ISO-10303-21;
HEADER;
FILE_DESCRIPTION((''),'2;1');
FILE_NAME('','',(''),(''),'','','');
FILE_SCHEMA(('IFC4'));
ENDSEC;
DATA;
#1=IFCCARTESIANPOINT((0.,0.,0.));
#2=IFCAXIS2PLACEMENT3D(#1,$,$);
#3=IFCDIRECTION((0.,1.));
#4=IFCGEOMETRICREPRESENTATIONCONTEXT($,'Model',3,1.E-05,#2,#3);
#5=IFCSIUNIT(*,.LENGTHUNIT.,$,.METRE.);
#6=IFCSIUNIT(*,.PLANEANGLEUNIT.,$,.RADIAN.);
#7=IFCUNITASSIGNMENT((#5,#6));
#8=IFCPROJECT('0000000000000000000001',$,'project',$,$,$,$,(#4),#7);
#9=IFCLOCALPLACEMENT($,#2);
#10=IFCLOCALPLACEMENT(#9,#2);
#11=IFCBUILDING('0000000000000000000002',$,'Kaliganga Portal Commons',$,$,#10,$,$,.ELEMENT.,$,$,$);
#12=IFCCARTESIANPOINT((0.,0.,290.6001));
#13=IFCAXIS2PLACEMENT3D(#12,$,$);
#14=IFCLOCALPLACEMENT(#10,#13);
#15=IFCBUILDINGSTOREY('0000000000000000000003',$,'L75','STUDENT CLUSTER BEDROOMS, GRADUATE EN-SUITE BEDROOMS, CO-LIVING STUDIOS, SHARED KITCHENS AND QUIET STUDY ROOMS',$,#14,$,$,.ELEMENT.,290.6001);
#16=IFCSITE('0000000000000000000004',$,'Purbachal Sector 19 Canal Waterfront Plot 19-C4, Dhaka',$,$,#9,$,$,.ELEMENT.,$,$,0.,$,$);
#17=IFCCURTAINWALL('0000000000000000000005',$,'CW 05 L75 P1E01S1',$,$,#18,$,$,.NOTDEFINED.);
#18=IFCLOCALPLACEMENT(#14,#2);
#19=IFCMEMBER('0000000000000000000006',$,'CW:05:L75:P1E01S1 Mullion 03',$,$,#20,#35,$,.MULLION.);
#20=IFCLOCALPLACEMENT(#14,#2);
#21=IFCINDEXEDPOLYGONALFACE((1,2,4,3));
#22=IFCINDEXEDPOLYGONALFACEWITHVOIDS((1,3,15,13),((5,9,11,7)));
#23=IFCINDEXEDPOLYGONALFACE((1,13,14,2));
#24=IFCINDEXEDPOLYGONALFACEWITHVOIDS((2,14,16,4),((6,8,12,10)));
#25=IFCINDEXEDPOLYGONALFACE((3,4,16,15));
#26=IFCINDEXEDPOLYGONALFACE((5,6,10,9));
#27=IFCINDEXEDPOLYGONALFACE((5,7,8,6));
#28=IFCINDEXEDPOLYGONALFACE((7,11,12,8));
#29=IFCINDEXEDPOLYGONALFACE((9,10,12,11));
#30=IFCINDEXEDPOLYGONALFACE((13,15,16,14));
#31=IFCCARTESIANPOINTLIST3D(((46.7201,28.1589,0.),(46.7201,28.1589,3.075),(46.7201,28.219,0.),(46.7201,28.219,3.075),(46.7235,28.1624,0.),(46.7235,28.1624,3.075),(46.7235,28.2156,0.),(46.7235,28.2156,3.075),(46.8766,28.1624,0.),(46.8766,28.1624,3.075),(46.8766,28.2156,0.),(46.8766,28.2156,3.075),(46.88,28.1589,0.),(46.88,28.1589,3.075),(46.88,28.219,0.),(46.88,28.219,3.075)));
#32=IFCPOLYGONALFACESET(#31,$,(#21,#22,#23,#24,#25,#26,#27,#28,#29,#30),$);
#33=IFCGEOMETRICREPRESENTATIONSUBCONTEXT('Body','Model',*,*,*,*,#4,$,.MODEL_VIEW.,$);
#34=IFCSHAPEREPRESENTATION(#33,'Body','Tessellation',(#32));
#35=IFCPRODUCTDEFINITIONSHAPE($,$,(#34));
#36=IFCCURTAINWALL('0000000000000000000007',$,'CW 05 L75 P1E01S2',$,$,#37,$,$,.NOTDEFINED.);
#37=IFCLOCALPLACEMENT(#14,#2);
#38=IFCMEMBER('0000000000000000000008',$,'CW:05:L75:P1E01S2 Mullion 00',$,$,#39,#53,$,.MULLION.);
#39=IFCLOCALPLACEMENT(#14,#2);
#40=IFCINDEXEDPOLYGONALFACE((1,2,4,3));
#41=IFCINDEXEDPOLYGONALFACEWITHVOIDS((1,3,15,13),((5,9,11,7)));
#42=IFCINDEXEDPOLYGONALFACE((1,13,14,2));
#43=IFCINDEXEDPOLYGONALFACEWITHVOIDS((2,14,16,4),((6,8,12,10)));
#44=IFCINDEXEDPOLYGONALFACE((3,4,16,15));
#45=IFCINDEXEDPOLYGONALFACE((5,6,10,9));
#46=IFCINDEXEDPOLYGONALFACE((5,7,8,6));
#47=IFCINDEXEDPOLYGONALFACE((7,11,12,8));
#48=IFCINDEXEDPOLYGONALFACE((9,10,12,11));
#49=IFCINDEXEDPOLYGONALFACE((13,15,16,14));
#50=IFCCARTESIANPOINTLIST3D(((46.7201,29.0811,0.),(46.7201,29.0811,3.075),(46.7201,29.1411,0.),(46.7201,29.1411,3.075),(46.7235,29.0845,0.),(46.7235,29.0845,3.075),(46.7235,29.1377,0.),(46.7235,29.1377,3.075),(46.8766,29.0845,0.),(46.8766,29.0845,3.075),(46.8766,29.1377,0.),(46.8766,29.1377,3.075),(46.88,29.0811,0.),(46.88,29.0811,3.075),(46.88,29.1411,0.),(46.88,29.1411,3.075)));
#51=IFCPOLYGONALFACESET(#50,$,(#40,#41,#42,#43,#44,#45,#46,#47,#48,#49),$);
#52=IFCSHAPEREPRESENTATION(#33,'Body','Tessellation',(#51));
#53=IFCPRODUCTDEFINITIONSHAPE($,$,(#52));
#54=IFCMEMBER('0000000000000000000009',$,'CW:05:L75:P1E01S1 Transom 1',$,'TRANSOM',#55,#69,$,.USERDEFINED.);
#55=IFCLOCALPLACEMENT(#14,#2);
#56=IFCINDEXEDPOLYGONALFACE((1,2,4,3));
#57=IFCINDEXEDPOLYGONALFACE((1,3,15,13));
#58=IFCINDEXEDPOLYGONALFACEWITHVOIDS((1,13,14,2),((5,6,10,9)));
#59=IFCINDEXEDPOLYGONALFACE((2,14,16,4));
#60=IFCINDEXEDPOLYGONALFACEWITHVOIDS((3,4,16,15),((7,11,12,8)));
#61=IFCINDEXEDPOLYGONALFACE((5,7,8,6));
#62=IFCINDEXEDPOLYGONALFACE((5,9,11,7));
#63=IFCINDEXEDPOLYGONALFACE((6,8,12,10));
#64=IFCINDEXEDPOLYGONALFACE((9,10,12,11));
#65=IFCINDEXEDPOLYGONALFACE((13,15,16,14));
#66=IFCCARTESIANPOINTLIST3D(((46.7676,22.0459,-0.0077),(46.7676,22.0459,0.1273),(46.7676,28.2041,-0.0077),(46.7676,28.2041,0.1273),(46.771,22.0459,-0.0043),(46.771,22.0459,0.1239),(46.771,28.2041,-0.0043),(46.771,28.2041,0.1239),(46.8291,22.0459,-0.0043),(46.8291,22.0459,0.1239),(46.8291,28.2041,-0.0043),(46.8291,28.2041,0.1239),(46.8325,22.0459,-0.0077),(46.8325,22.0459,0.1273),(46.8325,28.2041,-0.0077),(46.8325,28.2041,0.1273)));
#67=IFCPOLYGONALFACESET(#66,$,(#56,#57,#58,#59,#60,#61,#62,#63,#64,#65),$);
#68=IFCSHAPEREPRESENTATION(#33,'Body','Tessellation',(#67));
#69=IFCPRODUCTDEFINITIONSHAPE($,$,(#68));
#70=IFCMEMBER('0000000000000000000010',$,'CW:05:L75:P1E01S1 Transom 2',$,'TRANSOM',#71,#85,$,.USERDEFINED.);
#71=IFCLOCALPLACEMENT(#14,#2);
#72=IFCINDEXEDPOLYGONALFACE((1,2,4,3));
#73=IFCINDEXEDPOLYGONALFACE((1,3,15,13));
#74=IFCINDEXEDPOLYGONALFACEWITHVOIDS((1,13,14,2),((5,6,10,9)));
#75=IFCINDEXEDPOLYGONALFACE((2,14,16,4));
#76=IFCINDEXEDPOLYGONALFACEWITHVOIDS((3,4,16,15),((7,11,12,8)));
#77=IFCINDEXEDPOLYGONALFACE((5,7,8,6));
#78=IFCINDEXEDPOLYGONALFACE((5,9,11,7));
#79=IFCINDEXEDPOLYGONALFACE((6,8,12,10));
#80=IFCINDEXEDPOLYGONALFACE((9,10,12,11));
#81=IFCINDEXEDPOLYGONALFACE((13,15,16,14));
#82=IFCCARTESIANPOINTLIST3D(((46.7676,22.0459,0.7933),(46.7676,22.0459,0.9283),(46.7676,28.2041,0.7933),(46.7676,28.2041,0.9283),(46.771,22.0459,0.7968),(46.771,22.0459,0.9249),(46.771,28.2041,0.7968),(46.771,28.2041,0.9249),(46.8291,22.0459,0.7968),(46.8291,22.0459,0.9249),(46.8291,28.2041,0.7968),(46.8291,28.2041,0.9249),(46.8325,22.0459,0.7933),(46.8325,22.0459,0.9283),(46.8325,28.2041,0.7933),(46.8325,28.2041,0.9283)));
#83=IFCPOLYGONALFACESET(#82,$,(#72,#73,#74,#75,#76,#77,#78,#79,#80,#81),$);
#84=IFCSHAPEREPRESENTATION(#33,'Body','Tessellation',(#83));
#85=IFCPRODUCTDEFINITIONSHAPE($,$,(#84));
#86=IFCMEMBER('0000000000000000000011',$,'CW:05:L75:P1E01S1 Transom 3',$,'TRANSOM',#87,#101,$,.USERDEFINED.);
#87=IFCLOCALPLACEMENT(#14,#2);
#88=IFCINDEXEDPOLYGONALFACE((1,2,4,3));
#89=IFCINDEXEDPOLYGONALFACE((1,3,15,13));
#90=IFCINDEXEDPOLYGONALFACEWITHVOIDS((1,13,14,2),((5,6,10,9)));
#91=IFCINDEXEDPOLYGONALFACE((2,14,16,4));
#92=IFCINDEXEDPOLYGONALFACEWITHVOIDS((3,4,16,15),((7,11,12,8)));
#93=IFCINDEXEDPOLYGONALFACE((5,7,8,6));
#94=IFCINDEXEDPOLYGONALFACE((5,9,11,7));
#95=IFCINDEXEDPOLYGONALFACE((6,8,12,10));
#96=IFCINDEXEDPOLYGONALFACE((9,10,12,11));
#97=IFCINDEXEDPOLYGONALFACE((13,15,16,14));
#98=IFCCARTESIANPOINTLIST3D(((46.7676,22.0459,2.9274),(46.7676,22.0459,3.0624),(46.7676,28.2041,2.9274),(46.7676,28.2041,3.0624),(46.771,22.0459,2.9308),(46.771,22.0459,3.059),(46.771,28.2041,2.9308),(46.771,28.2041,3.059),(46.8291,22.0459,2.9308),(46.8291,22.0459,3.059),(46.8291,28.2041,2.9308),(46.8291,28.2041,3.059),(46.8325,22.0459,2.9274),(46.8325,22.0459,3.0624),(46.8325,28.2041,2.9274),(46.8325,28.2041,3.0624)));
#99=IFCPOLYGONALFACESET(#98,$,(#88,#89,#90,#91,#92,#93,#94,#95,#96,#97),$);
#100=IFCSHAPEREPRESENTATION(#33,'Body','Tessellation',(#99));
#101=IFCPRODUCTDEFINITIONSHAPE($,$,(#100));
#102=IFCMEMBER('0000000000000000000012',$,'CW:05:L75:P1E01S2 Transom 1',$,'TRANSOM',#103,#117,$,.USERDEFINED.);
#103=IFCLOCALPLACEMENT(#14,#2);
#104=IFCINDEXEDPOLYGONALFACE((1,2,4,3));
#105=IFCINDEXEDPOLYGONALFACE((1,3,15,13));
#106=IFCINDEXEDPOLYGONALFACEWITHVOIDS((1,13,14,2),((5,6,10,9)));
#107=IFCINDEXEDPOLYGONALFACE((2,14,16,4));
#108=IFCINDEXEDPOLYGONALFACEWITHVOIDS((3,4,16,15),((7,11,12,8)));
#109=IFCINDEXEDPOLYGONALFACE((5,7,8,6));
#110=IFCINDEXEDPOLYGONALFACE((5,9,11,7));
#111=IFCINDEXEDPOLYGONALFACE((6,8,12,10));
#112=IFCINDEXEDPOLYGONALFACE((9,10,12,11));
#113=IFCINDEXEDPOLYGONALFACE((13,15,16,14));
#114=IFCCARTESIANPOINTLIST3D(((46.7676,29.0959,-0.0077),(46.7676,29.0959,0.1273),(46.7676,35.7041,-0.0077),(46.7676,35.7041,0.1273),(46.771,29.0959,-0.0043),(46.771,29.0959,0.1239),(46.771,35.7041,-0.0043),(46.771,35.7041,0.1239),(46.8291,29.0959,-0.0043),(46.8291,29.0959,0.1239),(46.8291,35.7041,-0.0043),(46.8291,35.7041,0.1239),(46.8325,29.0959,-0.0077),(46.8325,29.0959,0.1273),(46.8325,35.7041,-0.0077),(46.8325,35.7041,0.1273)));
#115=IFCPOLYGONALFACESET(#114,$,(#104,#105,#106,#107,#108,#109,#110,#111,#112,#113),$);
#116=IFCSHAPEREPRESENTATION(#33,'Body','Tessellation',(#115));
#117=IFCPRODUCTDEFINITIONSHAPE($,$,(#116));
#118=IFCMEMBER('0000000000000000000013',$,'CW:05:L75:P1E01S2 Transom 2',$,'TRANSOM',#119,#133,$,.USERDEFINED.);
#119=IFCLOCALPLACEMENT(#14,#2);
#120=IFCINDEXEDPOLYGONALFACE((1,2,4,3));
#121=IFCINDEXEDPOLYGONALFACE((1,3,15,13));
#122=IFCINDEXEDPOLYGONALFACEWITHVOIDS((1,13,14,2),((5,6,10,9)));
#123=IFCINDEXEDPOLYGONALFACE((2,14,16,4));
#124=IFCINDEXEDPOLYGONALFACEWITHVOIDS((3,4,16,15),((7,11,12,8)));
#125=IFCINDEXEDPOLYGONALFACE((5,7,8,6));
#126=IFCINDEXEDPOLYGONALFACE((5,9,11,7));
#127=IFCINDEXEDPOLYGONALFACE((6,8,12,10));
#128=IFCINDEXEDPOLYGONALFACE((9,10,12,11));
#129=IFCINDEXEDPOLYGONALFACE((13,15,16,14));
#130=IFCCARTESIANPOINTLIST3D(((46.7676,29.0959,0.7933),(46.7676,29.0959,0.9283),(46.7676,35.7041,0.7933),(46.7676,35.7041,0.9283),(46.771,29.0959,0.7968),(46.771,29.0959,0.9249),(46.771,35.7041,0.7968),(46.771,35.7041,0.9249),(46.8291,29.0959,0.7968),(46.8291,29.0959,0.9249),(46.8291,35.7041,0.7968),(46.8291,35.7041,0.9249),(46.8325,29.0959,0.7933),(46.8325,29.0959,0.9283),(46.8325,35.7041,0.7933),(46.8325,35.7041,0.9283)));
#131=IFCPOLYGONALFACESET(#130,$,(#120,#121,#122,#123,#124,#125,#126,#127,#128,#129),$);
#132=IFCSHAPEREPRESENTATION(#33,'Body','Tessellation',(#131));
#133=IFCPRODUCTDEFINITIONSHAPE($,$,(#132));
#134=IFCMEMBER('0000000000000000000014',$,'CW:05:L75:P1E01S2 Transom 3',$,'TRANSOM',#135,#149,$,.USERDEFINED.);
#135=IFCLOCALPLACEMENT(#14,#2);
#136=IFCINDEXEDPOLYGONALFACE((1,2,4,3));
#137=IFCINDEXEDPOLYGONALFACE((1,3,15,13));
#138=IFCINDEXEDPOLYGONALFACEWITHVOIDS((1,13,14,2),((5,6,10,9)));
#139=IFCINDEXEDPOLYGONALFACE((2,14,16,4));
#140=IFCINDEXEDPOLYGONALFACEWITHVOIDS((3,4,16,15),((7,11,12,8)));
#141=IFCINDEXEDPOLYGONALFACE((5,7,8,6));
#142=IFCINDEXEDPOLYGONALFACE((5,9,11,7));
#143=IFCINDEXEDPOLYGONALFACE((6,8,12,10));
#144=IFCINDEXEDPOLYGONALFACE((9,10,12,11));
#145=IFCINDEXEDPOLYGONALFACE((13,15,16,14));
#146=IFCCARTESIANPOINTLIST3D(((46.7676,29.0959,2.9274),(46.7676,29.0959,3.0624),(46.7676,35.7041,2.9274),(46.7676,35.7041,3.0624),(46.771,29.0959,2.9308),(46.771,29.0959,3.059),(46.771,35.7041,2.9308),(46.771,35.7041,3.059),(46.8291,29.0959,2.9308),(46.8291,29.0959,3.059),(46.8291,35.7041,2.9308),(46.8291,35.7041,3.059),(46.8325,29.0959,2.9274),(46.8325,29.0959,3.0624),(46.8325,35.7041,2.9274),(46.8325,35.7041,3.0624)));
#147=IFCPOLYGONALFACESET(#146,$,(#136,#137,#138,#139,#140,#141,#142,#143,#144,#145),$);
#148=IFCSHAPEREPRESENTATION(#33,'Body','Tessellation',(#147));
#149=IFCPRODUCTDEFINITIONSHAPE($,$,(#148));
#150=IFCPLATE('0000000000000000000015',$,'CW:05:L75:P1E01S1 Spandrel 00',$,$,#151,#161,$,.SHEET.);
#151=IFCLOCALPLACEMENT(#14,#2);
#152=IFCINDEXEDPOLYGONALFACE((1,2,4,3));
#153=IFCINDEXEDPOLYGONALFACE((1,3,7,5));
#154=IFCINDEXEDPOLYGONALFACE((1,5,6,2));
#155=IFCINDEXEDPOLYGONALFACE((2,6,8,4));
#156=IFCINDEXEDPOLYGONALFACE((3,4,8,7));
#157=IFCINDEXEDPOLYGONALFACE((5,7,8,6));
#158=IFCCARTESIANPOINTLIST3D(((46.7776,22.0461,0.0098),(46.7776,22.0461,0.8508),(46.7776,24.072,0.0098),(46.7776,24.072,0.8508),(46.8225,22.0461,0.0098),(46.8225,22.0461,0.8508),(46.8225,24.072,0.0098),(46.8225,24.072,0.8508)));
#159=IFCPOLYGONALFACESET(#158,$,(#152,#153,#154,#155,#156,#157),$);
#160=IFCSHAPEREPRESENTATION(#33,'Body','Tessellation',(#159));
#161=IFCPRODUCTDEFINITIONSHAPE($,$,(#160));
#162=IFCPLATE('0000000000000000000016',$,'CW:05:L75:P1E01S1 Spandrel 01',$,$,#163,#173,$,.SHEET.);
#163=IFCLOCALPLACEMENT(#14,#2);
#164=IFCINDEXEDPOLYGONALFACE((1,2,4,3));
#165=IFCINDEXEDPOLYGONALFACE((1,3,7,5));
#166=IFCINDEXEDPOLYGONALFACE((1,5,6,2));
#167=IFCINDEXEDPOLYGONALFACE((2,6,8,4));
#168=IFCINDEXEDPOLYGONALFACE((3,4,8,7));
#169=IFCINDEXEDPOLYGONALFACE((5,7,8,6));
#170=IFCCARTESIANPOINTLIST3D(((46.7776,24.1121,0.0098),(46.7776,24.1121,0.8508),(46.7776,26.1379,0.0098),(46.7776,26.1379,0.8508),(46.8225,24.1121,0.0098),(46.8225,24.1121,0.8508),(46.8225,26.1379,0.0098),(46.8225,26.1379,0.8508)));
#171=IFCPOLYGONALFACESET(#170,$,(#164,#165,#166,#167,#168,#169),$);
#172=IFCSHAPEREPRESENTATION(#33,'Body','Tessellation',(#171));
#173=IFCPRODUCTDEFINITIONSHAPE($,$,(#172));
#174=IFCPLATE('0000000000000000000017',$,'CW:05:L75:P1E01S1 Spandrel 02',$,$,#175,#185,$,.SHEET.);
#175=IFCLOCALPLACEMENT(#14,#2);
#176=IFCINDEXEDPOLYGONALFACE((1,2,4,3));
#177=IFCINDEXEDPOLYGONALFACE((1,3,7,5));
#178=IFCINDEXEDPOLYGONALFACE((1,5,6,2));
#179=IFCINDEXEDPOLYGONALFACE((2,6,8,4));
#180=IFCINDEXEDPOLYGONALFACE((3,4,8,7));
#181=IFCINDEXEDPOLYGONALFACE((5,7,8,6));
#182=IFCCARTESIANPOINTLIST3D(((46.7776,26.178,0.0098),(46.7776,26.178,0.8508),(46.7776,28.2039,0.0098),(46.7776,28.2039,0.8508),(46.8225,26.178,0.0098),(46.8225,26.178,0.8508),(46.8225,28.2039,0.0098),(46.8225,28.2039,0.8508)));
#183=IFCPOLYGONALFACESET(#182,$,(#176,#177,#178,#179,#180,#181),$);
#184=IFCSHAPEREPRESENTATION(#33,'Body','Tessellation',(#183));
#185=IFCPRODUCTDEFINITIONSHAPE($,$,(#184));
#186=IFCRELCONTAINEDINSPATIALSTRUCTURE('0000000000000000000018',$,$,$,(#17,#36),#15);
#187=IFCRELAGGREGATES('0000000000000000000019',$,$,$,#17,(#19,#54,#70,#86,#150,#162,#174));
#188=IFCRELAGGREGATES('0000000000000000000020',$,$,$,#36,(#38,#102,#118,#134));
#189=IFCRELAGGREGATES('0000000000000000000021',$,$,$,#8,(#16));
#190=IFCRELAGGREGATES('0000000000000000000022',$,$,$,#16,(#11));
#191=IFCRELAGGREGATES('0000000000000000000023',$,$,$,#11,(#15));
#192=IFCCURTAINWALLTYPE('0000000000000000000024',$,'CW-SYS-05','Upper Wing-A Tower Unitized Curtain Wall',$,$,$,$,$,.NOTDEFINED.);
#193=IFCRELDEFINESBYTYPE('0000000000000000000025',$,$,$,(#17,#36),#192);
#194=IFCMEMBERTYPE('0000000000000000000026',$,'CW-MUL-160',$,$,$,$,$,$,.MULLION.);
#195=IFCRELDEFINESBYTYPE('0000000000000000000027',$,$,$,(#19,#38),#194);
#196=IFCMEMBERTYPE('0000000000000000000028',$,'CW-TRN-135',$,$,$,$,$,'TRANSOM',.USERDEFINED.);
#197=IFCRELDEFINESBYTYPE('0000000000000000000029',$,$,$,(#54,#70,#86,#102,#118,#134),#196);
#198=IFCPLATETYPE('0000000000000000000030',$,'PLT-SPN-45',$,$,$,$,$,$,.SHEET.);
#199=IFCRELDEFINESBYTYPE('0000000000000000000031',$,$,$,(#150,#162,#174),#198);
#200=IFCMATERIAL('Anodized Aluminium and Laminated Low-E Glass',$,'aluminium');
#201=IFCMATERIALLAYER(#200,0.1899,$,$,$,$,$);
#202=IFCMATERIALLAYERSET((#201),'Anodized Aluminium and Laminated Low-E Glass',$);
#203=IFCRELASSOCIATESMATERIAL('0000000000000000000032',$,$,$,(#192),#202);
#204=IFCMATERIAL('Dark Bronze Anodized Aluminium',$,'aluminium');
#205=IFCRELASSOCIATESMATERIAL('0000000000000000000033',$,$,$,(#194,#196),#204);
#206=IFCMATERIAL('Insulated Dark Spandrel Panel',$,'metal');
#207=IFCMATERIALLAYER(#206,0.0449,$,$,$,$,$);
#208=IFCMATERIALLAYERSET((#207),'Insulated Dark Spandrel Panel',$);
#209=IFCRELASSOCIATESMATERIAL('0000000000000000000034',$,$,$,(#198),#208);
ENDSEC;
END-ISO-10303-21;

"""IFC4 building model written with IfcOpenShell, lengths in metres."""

from ifc_helpers import new_model, si_unit, direction, frame, origin, origin_2d, place, context, subcontext, project, spatial, rectangle, hollow_rectangle, extrude, source, transform, mapped, material, layer, layer_set, material_profile, profile_set, type_object, element, aggregate, save


model = new_model("IFC4")

# Units and contexts
model_context = context("Model", 3, precision=1e-05, world=origin(), true_north=direction((0.0, 1.0)))
body_context = subcontext(model_context, "Body", "Model", "MODEL_VIEW")
ifc_project = project(units=[si_unit("LENGTHUNIT", "METRE"), si_unit("PLANEANGLEUNIT", "RADIAN")], contexts=[model_context])

# Site, building, storey
site_placement = place(None, origin())
site = spatial("IfcSite", under=ifc_project, at=site_placement, Name="Purbachal Sector 19 Canal Waterfront Plot 19-C4, Dhaka", CompositionType="ELEMENT", RefElevation=0.0)
building_placement = place(site_placement, origin())
building = spatial("IfcBuilding", under=site, at=building_placement, Name="Kaliganga Portal Commons", CompositionType="ELEMENT")
storey_placement = place(building_placement, frame((0.0, 0.0, 290.6001)))
storey = spatial("IfcBuildingStorey", under=building, at=storey_placement, Name="L75", Description="STUDENT CLUSTER BEDROOMS, GRADUATE EN-SUITE BEDROOMS, CO-LIVING STUDIOS, SHARED KITCHENS AND QUIET STUDY ROOMS", CompositionType="ELEMENT", Elevation=290.6001)

# Curtain wall, member
ifc_material_1 = material(Name="Anodized Aluminium and Laminated Low-E Glass", Category="aluminium")
ifc_layer_1 = layer(ifc_material_1, 0.1899)
ifc_layer_set_1 = layer_set([ifc_layer_1], Name="Anodized Aluminium and Laminated Low-E Glass")
curtain_wall_type = type_object("IfcCurtainWallType", Name="CW-SYS-05", Description="Upper Wing-A Tower Unitized Curtain Wall", PredefinedType="NOTDEFINED", material=ifc_layer_set_1)
curtain_wall_1_placement = place(storey_placement, origin())
curtain_wall_1 = element("IfcCurtainWall", 1, at=curtain_wall_1_placement, inside=storey, type_object=curtain_wall_type, Name="CW 05 L75 P1E01S1", PredefinedType="NOTDEFINED")
ifc_material_2 = material(Name="Dark Bronze Anodized Aluminium", Category="aluminium")
ifc_material_profile_1 = material_profile(ifc_material_2, hollow_rectangle(XDim=0.0601, YDim=0.1599, WallThickness=0.0034, at=origin_2d()), Name="ALU MULL 60x160x3.5")
ifc_profile_set_1 = profile_set([ifc_material_profile_1], Name="Dark Bronze Anodized Aluminium")
member_type_1 = type_object("IfcMemberType", Name="CW-MUL-160", PredefinedType="MULLION", material=ifc_profile_set_1)
shared_shape_1 = source(origin(), body_context, "Body", "SweptSolid", [
    extrude(hollow_rectangle(XDim=0.0601, YDim=0.1599, WallThickness=0.0034, at=origin_2d()), origin(), (0.0, 0.0, 1.0), 3.075),
])
member_1_placement = place(storey_placement, frame((46.8, 28.189, 0.0), z_axis=(0.0, 0.0, 1.0), x_axis=(0.0, 1.0, 0.0)))
member_1 = element("IfcMember", 2, at=member_1_placement, type_object=member_type_1, Name="CW:05:L75:P1E01S1 Mullion 03", PredefinedType="MULLION", context=body_context, shape_type="MappedRepresentation", body=[
    mapped(shared_shape_1, transform((0.0, 0.0, 0.0), x_axis=(1.0, 0.0, 0.0), y_axis=(0.0, 1.0, 0.0), z_axis=(0.0, 0.0, 1.0), scale=1.0)),
])

# Curtain wall, member
curtain_wall_2_placement = place(storey_placement, origin())
curtain_wall_2 = element("IfcCurtainWall", 3, at=curtain_wall_2_placement, inside=storey, type_object=curtain_wall_type, Name="CW 05 L75 P1E01S2", PredefinedType="NOTDEFINED")
member_2_placement = place(storey_placement, frame((46.8, 29.1111, 0.0), z_axis=(0.0, 0.0, 1.0), x_axis=(0.0, 1.0, 0.0)))
member_2 = element("IfcMember", 4, at=member_2_placement, type_object=member_type_1, Name="CW:05:L75:P1E01S2 Mullion 00", PredefinedType="MULLION", context=body_context, shape_type="MappedRepresentation", body=[
    mapped(shared_shape_1, transform((0.0, 0.0, 0.0), x_axis=(1.0, 0.0, 0.0), y_axis=(0.0, 1.0, 0.0), z_axis=(0.0, 0.0, 1.0), scale=1.0)),
])

# Members
ifc_material_profile_2 = material_profile(ifc_material_2, hollow_rectangle(XDim=0.0649, YDim=0.135, WallThickness=0.0034, at=origin_2d()), Name="ALU TRAN 65x135x3.5")
ifc_profile_set_2 = profile_set([ifc_material_profile_2], Name="Dark Bronze Anodized Aluminium")
member_type_2 = type_object("IfcMemberType", Name="CW-TRN-135", ElementType="TRANSOM", PredefinedType="USERDEFINED", material=ifc_profile_set_2)
shared_shape_2 = source(origin(), body_context, "Body", "SweptSolid", [
    extrude(hollow_rectangle(XDim=0.0649, YDim=0.135, WallThickness=0.0034, at=origin_2d()), origin(), (0.0, 0.0, 1.0), 6.1582),
])
member_3_placement = place(storey_placement, frame((46.8, 22.0459, 0.0598), z_axis=(0.0, 1.0, 0.0), x_axis=(-1.0, 0.0, 0.0)))
member_3 = element("IfcMember", 5, at=member_3_placement, type_object=member_type_2, Name="CW:05:L75:P1E01S1 Transom 1", ObjectType="TRANSOM", PredefinedType="USERDEFINED", context=body_context, shape_type="MappedRepresentation", body=[
    mapped(shared_shape_2, transform((0.0, 0.0, 0.0), x_axis=(1.0, 0.0, 0.0), y_axis=(0.0, 1.0, 0.0), z_axis=(0.0, 0.0, 1.0), scale=1.0)),
])
member_4_placement = place(storey_placement, frame((46.8, 22.0459, 0.8608), z_axis=(0.0, 1.0, 0.0), x_axis=(-1.0, 0.0, 0.0)))
member_4 = element("IfcMember", 6, at=member_4_placement, type_object=member_type_2, Name="CW:05:L75:P1E01S1 Transom 2", ObjectType="TRANSOM", PredefinedType="USERDEFINED", context=body_context, shape_type="MappedRepresentation", body=[
    mapped(shared_shape_2, transform((0.0, 0.0, 0.0), x_axis=(1.0, 0.0, 0.0), y_axis=(0.0, 1.0, 0.0), z_axis=(0.0, 0.0, 1.0), scale=1.0)),
])
member_5_placement = place(storey_placement, frame((46.8, 22.0459, 2.9949), z_axis=(0.0, 1.0, 0.0), x_axis=(-1.0, 0.0, 0.0)))
member_5 = element("IfcMember", 7, at=member_5_placement, type_object=member_type_2, Name="CW:05:L75:P1E01S1 Transom 3", ObjectType="TRANSOM", PredefinedType="USERDEFINED", context=body_context, shape_type="MappedRepresentation", body=[
    mapped(shared_shape_2, transform((0.0, 0.0, 0.0), x_axis=(1.0, 0.0, 0.0), y_axis=(0.0, 1.0, 0.0), z_axis=(0.0, 0.0, 1.0), scale=1.0)),
])
shared_shape_3 = source(origin(), body_context, "Body", "SweptSolid", [
    extrude(hollow_rectangle(XDim=0.0649, YDim=0.135, WallThickness=0.0034, at=origin_2d()), origin(), (0.0, 0.0, 1.0), 6.6082),
])
member_6_placement = place(storey_placement, frame((46.8, 29.0959, 0.0598), z_axis=(0.0, 1.0, 0.0), x_axis=(-1.0, 0.0, 0.0)))
member_6 = element("IfcMember", 8, at=member_6_placement, type_object=member_type_2, Name="CW:05:L75:P1E01S2 Transom 1", ObjectType="TRANSOM", PredefinedType="USERDEFINED", context=body_context, shape_type="MappedRepresentation", body=[
    mapped(shared_shape_3, transform((0.0, 0.0, 0.0), x_axis=(1.0, 0.0, 0.0), y_axis=(0.0, 1.0, 0.0), z_axis=(0.0, 0.0, 1.0), scale=1.0)),
])
member_7_placement = place(storey_placement, frame((46.8, 29.0959, 0.8608), z_axis=(0.0, 1.0, 0.0), x_axis=(-1.0, 0.0, 0.0)))
member_7 = element("IfcMember", 9, at=member_7_placement, type_object=member_type_2, Name="CW:05:L75:P1E01S2 Transom 2", ObjectType="TRANSOM", PredefinedType="USERDEFINED", context=body_context, shape_type="MappedRepresentation", body=[
    mapped(shared_shape_3, transform((0.0, 0.0, 0.0), x_axis=(1.0, 0.0, 0.0), y_axis=(0.0, 1.0, 0.0), z_axis=(0.0, 0.0, 1.0), scale=1.0)),
])
member_8_placement = place(storey_placement, frame((46.8, 29.0959, 2.9949), z_axis=(0.0, 1.0, 0.0), x_axis=(-1.0, 0.0, 0.0)))
member_8 = element("IfcMember", 10, at=member_8_placement, type_object=member_type_2, Name="CW:05:L75:P1E01S2 Transom 3", ObjectType="TRANSOM", PredefinedType="USERDEFINED", context=body_context, shape_type="MappedRepresentation", body=[
    mapped(shared_shape_3, transform((0.0, 0.0, 0.0), x_axis=(1.0, 0.0, 0.0), y_axis=(0.0, 1.0, 0.0), z_axis=(0.0, 0.0, 1.0), scale=1.0)),
])

# Plates
ifc_material_3 = material(Name="Insulated Dark Spandrel Panel", Category="metal")
ifc_layer_2 = layer(ifc_material_3, 0.0449)
ifc_layer_set_2 = layer_set([ifc_layer_2], Name="Insulated Dark Spandrel Panel")
plate_type_1 = type_object("IfcPlateType", Name="PLT-SPN-45", PredefinedType="SHEET", material=ifc_layer_set_2)
shared_shape_4 = source(origin(), body_context, "Body", "SweptSolid", [
    extrude(rectangle(XDim=2.0259, YDim=0.0449, at=origin_2d()), origin(), (0.0, 0.0, 1.0), 0.8411),
])
plate_1_placement = place(storey_placement, frame((46.8, 23.0591, 0.0098), z_axis=(0.0, 0.0, 1.0), x_axis=(0.0, 1.0, 0.0)))
plate_1 = element("IfcPlate", 11, at=plate_1_placement, type_object=plate_type_1, Name="CW:05:L75:P1E01S1 Spandrel 00", PredefinedType="SHEET", context=body_context, shape_type="MappedRepresentation", body=[
    mapped(shared_shape_4, transform((0.0, 0.0, 0.0), x_axis=(1.0, 0.0, 0.0), y_axis=(0.0, 1.0, 0.0), z_axis=(0.0, 0.0, 1.0), scale=1.0)),
])
plate_2_placement = place(storey_placement, frame((46.8, 25.125, 0.0098), z_axis=(0.0, 0.0, 1.0), x_axis=(0.0, 1.0, 0.0)))
plate_2 = element("IfcPlate", 12, at=plate_2_placement, type_object=plate_type_1, Name="CW:05:L75:P1E01S1 Spandrel 01", PredefinedType="SHEET", context=body_context, shape_type="MappedRepresentation", body=[
    mapped(shared_shape_4, transform((0.0, 0.0, 0.0), x_axis=(1.0, 0.0, 0.0), y_axis=(0.0, 1.0, 0.0), z_axis=(0.0, 0.0, 1.0), scale=1.0)),
])
plate_3_placement = place(storey_placement, frame((46.8, 27.1909, 0.0098), z_axis=(0.0, 0.0, 1.0), x_axis=(0.0, 1.0, 0.0)))
plate_3 = element("IfcPlate", 13, at=plate_3_placement, type_object=plate_type_1, Name="CW:05:L75:P1E01S1 Spandrel 02", PredefinedType="SHEET", context=body_context, shape_type="MappedRepresentation", body=[
    mapped(shared_shape_4, transform((0.0, 0.0, 0.0), x_axis=(1.0, 0.0, 0.0), y_axis=(0.0, 1.0, 0.0), z_axis=(0.0, 0.0, 1.0), scale=1.0)),
])
aggregate(curtain_wall_1, [member_1, member_3, member_4, member_5, plate_1, plate_2, plate_3])
aggregate(curtain_wall_2, [member_2, member_6, member_7, member_8])

save(model, "model.ifc")
